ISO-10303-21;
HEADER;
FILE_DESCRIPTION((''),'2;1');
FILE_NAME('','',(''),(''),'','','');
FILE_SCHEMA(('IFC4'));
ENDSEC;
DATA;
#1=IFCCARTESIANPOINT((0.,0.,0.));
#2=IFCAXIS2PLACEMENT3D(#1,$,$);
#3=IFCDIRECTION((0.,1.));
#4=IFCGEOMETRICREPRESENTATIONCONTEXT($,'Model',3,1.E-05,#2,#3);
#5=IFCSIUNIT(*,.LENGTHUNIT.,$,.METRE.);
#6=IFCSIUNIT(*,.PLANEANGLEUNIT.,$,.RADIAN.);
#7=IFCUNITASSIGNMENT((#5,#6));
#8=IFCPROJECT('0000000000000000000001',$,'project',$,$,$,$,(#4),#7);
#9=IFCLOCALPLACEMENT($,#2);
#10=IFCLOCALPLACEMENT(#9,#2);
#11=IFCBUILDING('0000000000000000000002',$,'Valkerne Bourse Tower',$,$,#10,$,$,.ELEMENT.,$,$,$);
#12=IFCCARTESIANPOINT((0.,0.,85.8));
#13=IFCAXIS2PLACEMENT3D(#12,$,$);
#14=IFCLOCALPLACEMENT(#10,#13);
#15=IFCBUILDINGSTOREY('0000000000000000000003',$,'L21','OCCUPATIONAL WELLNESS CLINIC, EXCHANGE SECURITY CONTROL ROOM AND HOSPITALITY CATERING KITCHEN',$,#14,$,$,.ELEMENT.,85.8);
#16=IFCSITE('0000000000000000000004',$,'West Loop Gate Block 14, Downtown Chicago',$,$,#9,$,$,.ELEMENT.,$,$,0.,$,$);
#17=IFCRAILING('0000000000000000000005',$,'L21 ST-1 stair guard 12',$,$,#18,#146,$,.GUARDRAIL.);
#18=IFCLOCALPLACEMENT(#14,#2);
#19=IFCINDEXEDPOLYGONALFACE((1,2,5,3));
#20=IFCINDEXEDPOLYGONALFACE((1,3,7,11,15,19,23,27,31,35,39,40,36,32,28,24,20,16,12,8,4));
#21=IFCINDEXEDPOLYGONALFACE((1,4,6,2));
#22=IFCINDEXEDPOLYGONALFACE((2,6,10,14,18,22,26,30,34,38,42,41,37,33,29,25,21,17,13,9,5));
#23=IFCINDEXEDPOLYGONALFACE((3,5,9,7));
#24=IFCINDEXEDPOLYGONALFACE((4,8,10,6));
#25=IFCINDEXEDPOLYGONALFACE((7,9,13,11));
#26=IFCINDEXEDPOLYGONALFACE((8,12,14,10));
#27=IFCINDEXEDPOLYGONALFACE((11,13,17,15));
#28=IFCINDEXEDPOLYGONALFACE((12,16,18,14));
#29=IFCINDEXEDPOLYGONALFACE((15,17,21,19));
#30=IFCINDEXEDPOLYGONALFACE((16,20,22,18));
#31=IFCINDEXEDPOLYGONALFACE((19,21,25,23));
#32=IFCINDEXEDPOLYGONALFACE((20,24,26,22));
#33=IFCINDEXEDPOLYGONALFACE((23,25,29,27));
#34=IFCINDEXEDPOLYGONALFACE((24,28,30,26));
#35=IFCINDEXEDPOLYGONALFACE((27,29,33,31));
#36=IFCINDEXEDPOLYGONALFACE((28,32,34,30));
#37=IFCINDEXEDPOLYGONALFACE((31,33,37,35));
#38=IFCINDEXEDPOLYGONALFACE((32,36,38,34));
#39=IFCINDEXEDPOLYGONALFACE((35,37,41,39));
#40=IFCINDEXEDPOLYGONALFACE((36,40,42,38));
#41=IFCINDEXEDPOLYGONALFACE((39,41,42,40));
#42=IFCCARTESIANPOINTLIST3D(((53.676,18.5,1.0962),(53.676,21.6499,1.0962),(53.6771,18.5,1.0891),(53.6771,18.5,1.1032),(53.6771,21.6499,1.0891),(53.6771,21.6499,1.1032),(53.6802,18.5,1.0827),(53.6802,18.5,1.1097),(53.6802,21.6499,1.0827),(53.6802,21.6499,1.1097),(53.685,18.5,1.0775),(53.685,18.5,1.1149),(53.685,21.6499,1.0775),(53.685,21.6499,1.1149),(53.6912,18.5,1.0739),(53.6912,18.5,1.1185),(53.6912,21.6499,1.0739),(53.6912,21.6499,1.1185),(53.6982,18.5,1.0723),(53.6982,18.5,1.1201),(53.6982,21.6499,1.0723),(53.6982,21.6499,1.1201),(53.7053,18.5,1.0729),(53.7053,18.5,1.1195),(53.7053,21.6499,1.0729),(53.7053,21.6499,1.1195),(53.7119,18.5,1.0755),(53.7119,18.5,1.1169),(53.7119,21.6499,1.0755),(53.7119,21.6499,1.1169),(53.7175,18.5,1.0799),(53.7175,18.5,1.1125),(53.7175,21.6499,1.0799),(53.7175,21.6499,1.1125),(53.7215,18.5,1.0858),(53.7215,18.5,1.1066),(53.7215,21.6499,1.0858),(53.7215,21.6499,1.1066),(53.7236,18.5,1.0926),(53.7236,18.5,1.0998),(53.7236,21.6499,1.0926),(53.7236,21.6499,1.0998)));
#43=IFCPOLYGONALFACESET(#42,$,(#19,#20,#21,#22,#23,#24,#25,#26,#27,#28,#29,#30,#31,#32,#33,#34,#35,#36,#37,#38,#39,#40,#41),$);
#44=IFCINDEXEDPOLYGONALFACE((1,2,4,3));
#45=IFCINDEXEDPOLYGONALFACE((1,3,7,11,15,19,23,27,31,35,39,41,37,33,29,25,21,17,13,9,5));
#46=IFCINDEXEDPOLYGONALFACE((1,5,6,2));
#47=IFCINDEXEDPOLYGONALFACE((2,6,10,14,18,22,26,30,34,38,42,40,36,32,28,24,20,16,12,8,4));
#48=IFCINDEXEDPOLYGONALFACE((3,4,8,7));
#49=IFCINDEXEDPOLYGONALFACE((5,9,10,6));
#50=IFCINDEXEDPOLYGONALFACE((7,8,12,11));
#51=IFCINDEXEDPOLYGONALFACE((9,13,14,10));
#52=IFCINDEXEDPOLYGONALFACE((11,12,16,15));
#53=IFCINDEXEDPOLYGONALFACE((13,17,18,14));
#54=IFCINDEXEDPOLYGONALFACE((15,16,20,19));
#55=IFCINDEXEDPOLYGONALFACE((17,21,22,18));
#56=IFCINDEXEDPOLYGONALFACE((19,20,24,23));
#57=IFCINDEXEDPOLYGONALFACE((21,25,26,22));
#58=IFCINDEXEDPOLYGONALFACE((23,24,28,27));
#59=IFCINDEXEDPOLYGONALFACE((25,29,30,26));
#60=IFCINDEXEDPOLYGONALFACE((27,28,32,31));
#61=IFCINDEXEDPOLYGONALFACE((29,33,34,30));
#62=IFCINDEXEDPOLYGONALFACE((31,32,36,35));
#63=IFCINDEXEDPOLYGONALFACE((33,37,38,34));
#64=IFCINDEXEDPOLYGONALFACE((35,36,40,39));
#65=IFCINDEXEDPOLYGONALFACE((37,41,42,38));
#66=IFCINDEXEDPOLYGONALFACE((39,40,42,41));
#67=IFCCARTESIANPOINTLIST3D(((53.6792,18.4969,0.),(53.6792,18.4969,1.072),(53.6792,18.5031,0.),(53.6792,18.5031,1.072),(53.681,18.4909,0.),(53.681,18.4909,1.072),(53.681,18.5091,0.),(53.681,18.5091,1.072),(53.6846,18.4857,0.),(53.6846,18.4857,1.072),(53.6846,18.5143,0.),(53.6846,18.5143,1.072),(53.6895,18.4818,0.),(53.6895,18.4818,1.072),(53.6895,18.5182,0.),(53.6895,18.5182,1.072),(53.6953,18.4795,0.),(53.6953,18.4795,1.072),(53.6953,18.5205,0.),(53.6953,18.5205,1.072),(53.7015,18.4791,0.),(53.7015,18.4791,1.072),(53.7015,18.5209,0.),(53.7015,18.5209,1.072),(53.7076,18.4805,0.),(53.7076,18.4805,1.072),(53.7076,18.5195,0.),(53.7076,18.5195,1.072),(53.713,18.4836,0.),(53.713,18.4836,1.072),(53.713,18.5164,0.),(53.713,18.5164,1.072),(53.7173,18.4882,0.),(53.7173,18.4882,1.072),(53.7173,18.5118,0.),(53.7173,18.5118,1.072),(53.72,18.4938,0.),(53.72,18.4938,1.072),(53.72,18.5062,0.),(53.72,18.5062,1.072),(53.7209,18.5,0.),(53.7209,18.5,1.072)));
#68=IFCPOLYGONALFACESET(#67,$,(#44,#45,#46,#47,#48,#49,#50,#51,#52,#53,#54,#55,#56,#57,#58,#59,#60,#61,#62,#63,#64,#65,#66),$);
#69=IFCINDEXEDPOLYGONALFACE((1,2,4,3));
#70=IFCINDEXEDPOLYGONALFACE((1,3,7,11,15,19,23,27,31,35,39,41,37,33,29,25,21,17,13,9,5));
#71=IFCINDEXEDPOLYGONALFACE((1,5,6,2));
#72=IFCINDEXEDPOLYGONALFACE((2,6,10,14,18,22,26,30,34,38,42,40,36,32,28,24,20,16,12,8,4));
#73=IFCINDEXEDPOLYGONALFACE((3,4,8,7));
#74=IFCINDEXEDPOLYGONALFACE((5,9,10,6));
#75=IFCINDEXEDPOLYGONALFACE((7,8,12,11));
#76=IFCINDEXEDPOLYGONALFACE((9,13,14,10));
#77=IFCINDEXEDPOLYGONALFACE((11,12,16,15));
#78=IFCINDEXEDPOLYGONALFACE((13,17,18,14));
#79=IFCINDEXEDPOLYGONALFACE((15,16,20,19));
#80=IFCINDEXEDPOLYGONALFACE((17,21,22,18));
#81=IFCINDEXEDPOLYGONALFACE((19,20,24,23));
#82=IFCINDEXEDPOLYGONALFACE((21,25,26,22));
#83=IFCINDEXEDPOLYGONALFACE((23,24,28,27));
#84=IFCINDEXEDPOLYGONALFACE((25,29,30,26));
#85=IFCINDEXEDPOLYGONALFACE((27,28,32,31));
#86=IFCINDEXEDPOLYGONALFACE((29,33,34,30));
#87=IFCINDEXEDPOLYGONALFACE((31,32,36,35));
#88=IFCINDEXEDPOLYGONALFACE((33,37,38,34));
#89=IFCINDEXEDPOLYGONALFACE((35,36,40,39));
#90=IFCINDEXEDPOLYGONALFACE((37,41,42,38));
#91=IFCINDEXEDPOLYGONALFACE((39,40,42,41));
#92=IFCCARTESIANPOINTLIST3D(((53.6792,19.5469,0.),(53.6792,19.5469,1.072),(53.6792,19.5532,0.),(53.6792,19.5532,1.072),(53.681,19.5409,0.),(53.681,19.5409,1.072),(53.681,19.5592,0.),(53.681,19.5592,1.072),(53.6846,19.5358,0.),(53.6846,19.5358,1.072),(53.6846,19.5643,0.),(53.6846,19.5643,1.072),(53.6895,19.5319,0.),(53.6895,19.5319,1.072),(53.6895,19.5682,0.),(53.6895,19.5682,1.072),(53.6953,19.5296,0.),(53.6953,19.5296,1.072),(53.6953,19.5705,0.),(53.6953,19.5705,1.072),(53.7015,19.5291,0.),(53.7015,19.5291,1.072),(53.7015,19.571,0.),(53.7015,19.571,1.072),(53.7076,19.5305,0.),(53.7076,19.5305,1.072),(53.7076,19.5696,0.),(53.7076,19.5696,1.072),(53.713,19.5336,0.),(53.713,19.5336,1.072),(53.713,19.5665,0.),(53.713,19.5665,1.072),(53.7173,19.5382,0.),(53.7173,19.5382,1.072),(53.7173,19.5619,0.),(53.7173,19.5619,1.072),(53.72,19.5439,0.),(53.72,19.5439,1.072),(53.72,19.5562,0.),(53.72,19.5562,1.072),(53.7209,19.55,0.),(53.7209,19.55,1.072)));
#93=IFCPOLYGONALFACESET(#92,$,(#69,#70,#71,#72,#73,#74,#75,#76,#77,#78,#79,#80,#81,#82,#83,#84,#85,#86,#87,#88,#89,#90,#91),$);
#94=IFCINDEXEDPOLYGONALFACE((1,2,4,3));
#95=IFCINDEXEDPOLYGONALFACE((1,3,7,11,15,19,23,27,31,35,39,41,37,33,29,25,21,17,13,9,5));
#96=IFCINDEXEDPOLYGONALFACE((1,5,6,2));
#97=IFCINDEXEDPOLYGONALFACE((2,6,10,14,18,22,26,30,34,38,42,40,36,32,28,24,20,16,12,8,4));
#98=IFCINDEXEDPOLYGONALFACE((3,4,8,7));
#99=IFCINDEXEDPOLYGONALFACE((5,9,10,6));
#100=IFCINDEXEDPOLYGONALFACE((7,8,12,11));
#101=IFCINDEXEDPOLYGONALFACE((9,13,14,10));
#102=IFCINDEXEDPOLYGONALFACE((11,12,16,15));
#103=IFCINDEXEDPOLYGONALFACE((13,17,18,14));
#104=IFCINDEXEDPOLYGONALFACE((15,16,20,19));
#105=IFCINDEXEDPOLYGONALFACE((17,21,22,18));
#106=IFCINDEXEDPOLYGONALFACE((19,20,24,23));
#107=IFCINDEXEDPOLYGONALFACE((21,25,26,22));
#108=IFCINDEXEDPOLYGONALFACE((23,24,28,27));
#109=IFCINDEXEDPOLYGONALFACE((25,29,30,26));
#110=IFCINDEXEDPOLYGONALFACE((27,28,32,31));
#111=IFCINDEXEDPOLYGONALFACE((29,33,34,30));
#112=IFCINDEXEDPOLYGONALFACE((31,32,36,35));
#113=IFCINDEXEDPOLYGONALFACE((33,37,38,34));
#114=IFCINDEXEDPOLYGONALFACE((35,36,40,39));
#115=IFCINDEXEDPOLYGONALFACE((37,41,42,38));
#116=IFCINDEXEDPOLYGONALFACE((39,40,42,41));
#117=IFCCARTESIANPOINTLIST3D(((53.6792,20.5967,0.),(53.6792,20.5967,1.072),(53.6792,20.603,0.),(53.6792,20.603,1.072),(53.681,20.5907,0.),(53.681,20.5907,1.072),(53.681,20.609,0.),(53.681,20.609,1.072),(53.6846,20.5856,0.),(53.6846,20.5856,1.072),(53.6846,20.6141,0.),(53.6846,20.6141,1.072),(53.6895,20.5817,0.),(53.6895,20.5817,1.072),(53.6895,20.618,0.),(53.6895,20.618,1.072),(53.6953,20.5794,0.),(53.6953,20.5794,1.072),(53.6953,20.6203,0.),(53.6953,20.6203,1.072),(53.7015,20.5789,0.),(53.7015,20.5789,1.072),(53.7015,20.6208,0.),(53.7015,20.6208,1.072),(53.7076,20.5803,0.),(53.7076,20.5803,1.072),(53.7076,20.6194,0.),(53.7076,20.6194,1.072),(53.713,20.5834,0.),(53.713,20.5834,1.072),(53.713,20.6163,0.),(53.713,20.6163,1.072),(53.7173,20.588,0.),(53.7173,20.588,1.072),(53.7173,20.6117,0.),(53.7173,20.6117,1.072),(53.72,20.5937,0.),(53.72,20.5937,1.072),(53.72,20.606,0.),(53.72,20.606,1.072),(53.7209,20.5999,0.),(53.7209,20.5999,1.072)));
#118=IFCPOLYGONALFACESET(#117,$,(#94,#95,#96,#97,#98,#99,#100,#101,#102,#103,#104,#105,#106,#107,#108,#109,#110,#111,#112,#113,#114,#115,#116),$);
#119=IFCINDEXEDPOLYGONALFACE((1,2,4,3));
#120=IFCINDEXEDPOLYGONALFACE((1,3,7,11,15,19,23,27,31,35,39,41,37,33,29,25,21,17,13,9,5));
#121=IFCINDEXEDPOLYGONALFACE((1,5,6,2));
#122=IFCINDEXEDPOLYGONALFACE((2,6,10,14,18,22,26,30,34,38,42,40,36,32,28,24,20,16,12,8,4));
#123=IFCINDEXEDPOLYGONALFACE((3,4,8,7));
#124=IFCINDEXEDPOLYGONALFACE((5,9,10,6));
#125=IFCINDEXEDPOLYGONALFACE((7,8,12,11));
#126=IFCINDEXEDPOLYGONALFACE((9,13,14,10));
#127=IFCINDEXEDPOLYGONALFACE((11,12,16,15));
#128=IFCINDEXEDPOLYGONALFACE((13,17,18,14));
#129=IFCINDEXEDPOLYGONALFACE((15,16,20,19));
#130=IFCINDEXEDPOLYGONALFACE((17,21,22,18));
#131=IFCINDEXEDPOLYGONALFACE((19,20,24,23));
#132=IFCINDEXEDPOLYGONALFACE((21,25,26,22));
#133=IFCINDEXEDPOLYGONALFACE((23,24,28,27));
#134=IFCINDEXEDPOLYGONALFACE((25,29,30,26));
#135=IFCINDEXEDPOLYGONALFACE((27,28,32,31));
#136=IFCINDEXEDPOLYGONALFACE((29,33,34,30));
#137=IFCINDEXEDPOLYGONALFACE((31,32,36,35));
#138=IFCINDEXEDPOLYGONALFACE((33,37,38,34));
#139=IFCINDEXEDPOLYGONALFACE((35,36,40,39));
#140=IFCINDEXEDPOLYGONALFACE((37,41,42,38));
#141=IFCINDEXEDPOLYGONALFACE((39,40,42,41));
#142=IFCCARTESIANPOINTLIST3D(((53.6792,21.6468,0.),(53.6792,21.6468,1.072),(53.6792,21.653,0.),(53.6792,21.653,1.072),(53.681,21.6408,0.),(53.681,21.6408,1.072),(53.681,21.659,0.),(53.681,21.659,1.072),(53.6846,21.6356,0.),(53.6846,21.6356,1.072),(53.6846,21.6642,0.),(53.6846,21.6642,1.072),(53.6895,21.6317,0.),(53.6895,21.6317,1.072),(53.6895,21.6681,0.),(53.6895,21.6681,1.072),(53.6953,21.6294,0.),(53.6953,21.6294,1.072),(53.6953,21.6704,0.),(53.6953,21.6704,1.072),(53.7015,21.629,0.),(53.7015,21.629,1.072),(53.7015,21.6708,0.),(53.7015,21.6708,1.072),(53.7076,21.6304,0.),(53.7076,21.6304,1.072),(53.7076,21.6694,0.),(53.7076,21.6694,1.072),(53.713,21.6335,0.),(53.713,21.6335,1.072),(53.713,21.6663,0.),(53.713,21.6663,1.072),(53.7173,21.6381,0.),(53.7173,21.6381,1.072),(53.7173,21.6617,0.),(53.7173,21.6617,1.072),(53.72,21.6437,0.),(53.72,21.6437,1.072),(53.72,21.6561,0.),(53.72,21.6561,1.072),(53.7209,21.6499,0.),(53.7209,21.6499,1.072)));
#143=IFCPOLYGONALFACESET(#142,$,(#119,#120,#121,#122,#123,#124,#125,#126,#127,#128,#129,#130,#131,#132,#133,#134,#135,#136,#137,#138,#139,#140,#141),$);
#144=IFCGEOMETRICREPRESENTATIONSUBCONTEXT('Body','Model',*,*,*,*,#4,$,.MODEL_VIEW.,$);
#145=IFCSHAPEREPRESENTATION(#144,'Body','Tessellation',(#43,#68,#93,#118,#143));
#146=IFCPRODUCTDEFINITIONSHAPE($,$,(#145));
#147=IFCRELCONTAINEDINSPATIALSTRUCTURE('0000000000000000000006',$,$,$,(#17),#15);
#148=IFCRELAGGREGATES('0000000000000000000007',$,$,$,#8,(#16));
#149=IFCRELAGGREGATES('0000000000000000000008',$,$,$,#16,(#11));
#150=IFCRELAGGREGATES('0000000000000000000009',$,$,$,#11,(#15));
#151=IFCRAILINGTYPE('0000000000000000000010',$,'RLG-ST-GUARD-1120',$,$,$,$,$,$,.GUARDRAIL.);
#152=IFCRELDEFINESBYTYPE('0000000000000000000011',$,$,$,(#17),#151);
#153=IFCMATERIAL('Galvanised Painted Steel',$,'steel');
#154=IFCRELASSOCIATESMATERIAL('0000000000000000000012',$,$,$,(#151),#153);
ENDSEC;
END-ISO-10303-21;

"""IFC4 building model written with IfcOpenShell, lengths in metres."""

from ifc_helpers import new_model, si_unit, direction, frame, origin, origin_2d, place, context, subcontext, project, spatial, circle, extrude, material, type_object, element, save


model = new_model("IFC4")

# Units and contexts
model_context = context("Model", 3, precision=1e-05, world=origin(), true_north=direction((0.0, 1.0)))
body_context = subcontext(model_context, "Body", "Model", "MODEL_VIEW")
ifc_project = project(units=[si_unit("LENGTHUNIT", "METRE"), si_unit("PLANEANGLEUNIT", "RADIAN")], contexts=[model_context])

# Site, building, storey
site_placement = place(None, origin())
site = spatial("IfcSite", under=ifc_project, at=site_placement, Name="West Loop Gate Block 14, Downtown Chicago", CompositionType="ELEMENT", RefElevation=0.0)
building_placement = place(site_placement, origin())
building = spatial("IfcBuilding", under=site, at=building_placement, Name="Valkerne Bourse Tower", CompositionType="ELEMENT")
storey_placement = place(building_placement, frame((0.0, 0.0, 85.8)))
storey = spatial("IfcBuildingStorey", under=building, at=storey_placement, Name="L21", Description="OCCUPATIONAL WELLNESS CLINIC, EXCHANGE SECURITY CONTROL ROOM AND HOSPITALITY CATERING KITCHEN", CompositionType="ELEMENT", Elevation=85.8)

# Railing
ifc_material_1 = material(Name="Galvanised Painted Steel", Category="steel")
railing_type = type_object("IfcRailingType", Name="RLG-ST-GUARD-1120", PredefinedType="GUARDRAIL", material=ifc_material_1)
railing_placement = place(storey_placement, frame((53.7, 18.5, 0.0)))
element("IfcRailing", 1, at=railing_placement, inside=storey, type_object=railing_type, Name="L21 ST-1 stair guard 12", PredefinedType="GUARDRAIL", context=body_context, shape_type="SweptSolid", body=[
    extrude(circle(Radius=0.0239, at=origin_2d()), frame((0.0, 0.0, 1.0962), z_axis=(0.0, 1.0, 0.0), x_axis=(-1.0, 0.0, 0.0)), (0.0, 0.0, 1.0), 3.1499),
    extrude(circle(Radius=0.021, at=origin_2d()), origin(), (0.0, 0.0, 1.0), 1.072),
    extrude(circle(Radius=0.021, at=origin_2d()), frame((0.0, 1.05, 0.0)), (0.0, 0.0, 1.0), 1.072),
    extrude(circle(Radius=0.021, at=origin_2d()), frame((0.0, 2.0999, 0.0)), (0.0, 0.0, 1.0), 1.072),
    extrude(circle(Radius=0.021, at=origin_2d()), frame((0.0, 3.1499, 0.0)), (0.0, 0.0, 1.0), 1.072),
])

save(model, "model.ifc")
